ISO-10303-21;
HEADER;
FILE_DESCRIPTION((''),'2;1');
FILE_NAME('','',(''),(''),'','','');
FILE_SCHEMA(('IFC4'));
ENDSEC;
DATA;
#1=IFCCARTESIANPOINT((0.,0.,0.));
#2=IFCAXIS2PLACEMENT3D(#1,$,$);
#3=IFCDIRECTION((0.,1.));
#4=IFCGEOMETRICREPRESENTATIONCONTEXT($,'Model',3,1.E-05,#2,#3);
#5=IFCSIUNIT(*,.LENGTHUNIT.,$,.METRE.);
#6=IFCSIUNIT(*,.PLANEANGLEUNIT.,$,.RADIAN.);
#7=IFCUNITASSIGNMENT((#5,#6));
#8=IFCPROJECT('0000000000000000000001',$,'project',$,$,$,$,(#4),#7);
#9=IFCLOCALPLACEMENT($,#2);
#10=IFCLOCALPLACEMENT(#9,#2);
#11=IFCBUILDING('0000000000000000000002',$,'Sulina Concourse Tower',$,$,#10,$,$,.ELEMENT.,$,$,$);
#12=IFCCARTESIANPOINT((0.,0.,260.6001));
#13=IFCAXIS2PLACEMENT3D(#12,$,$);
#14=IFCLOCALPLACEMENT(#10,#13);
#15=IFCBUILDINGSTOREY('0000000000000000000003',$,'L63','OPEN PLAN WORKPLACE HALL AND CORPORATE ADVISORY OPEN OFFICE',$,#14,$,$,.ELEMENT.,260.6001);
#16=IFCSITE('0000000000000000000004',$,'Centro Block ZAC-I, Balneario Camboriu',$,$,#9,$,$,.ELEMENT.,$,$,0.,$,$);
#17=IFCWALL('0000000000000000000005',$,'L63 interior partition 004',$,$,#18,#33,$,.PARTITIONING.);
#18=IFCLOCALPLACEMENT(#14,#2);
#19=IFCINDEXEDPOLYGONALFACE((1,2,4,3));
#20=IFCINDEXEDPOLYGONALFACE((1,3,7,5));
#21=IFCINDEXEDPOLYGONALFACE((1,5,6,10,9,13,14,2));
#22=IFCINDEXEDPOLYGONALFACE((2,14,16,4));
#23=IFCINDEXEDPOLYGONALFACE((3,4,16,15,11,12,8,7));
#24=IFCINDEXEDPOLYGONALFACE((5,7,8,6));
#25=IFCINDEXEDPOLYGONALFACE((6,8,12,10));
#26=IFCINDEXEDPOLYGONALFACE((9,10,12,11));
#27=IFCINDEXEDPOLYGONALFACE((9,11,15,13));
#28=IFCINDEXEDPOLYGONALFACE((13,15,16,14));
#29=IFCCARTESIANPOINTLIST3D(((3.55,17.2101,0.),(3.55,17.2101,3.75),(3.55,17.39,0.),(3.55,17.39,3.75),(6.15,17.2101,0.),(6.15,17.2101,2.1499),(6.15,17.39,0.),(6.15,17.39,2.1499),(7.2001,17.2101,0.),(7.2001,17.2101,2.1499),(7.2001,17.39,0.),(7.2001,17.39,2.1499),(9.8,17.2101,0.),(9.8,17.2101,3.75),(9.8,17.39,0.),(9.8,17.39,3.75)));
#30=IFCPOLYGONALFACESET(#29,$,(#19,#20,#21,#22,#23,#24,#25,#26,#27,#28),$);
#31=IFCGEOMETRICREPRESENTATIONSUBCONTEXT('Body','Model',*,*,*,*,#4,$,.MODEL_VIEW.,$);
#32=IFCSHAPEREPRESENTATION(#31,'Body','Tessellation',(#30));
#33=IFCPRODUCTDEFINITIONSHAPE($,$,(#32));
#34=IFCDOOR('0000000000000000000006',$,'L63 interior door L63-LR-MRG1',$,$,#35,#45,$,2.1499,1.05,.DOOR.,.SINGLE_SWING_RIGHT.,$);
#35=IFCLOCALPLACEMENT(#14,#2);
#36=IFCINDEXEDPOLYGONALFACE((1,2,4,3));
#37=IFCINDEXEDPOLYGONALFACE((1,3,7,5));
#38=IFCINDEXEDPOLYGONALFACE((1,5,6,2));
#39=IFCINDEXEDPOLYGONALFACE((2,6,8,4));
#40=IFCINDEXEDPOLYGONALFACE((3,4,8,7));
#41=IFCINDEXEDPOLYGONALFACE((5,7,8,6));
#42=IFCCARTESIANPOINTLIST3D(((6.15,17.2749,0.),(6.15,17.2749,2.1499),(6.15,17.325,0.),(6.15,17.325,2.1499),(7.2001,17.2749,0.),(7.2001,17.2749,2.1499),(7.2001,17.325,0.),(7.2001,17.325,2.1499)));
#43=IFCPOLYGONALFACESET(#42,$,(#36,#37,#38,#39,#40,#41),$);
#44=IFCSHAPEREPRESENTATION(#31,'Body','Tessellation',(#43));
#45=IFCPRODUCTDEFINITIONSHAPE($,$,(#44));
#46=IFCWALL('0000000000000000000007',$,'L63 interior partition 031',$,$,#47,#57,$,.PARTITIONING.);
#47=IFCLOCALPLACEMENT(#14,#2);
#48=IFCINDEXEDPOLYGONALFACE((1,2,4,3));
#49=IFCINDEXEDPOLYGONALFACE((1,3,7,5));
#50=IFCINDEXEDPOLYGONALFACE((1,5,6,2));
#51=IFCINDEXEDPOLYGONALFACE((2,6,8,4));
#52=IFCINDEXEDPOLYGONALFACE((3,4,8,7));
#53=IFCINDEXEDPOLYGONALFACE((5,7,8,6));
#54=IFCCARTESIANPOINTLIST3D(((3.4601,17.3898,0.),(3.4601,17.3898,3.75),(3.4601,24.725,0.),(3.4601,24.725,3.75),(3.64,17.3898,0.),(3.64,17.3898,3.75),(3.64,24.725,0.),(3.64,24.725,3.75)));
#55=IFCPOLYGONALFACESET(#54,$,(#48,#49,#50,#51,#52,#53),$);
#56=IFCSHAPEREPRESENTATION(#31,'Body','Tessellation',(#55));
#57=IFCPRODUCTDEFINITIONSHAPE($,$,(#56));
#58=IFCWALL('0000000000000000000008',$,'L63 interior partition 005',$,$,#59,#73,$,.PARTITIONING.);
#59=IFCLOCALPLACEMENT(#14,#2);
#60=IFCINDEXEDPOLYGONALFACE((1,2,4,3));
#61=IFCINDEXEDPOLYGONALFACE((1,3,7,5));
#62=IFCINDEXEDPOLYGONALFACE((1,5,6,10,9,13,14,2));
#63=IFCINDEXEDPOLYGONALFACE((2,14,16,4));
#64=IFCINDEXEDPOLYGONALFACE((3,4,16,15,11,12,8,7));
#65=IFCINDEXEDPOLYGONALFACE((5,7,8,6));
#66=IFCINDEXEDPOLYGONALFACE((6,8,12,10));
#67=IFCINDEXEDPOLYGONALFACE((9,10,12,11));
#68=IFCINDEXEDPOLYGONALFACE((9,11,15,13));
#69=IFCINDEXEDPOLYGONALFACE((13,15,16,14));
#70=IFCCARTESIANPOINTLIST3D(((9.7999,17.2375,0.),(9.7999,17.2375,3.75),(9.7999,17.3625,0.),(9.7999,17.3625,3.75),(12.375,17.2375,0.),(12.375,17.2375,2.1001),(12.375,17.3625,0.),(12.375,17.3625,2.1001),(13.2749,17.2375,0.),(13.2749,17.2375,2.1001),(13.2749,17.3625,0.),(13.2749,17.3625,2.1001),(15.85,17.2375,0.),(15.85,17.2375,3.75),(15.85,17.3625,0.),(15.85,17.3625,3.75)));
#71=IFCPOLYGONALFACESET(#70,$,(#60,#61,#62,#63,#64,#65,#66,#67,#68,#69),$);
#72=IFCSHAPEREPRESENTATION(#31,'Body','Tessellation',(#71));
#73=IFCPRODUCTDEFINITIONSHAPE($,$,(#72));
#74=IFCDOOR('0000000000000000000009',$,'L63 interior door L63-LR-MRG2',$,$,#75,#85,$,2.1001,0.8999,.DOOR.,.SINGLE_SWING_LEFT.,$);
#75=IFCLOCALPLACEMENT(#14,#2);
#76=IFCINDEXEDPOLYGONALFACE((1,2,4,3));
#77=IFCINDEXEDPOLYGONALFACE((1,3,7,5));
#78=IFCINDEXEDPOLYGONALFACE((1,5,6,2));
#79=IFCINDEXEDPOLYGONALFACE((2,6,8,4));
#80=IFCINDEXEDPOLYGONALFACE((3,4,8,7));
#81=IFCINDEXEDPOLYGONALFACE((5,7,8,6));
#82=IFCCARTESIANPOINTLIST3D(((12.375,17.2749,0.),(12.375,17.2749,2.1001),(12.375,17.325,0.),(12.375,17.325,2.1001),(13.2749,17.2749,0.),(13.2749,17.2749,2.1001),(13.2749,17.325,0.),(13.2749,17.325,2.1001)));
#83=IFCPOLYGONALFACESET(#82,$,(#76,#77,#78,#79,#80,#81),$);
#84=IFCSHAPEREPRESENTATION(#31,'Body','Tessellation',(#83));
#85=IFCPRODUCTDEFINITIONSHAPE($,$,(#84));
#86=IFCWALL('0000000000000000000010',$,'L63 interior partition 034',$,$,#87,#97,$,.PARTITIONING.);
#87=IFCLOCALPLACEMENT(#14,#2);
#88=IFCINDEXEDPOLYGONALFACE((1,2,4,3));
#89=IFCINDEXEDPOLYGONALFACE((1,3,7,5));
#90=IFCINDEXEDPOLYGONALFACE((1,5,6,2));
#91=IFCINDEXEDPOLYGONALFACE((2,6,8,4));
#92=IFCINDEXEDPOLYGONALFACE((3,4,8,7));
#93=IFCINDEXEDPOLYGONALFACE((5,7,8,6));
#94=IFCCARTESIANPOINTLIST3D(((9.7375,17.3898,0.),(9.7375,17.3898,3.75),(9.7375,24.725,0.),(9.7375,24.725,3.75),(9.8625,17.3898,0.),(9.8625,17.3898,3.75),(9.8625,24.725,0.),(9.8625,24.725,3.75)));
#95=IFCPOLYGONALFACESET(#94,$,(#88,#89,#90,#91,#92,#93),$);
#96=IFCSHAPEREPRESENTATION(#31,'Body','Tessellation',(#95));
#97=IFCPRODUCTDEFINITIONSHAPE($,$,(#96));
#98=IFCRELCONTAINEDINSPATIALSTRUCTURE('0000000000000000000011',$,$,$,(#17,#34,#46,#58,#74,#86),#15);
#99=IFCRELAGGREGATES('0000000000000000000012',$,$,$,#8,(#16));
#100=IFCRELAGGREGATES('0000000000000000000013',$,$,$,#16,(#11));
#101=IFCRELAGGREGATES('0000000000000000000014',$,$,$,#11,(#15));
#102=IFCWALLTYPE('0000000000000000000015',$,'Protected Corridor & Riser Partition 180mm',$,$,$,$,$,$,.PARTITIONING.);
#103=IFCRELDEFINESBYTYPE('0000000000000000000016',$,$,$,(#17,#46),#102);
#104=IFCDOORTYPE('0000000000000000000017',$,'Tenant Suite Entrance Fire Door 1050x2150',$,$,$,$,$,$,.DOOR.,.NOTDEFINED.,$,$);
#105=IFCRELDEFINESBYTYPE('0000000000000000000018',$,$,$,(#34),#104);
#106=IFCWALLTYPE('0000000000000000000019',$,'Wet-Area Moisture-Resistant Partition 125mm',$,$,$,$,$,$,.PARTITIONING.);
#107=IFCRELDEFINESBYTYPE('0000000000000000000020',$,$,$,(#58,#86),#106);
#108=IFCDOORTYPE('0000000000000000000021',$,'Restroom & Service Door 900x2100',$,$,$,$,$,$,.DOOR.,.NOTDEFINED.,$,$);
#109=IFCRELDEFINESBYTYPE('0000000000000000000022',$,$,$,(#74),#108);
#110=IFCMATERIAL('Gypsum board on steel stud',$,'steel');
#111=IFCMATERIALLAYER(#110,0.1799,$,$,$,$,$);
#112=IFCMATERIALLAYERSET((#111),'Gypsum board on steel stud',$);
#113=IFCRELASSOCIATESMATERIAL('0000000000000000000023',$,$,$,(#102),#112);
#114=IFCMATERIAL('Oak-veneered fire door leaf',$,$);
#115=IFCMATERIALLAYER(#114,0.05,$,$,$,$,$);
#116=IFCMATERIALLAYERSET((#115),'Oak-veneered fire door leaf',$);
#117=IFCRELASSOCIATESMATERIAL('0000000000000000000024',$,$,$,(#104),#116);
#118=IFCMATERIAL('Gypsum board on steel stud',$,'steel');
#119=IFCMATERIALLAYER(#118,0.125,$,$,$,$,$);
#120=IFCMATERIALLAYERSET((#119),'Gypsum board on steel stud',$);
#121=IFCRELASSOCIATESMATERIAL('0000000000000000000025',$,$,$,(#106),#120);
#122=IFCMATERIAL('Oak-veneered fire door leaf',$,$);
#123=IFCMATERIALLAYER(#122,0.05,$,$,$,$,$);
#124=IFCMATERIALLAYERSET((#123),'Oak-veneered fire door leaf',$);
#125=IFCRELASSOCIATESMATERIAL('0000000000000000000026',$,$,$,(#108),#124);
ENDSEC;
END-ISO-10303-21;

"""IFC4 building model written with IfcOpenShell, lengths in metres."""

from ifc_helpers import new_model, si_unit, direction, frame, frame_2d, origin, place, context, subcontext, project, spatial, rectangle, extrude, material, layer, layer_set, type_object, element, fill, save


model = new_model("IFC4")

# Units and contexts
model_context = context("Model", 3, precision=1e-05, world=origin(), true_north=direction((0.0, 1.0)))
body_context = subcontext(model_context, "Body", "Model", "MODEL_VIEW")
ifc_project = project(units=[si_unit("LENGTHUNIT", "METRE"), si_unit("PLANEANGLEUNIT", "RADIAN")], contexts=[model_context])

# Site, building, storey
site_placement = place(None, origin())
site = spatial("IfcSite", under=ifc_project, at=site_placement, Name="Centro Block ZAC-I, Balneario Camboriu", CompositionType="ELEMENT", RefElevation=0.0)
building_placement = place(site_placement, origin())
building = spatial("IfcBuilding", under=site, at=building_placement, Name="Sulina Concourse Tower", CompositionType="ELEMENT")
storey_placement = place(building_placement, frame((0.0, 0.0, 260.6001)))
storey = spatial("IfcBuildingStorey", under=building, at=storey_placement, Name="L63", Description="OPEN PLAN WORKPLACE HALL AND CORPORATE ADVISORY OPEN OFFICE", CompositionType="ELEMENT", Elevation=260.6001)

# Wall, opening, door
ifc_material_1 = material(Name="Gypsum board on steel stud", Category="steel")
ifc_layer_1 = layer(ifc_material_1, 0.1799)
ifc_layer_set_1 = layer_set([ifc_layer_1], Name="Gypsum board on steel stud")
wall_type_1 = type_object("IfcWallType", Name="Protected Corridor & Riser Partition 180mm", PredefinedType="PARTITIONING", material=ifc_layer_set_1)
ifc_material_2 = material(Name="Oak-veneered fire door leaf")
ifc_layer_2 = layer(ifc_material_2, 0.05)
ifc_layer_set_2 = layer_set([ifc_layer_2], Name="Oak-veneered fire door leaf")
door_type_1 = type_object("IfcDoorType", Name="Tenant Suite Entrance Fire Door 1050x2150", OperationType="NOTDEFINED", PredefinedType="DOOR", material=ifc_layer_set_2)
wall_1_placement = place(storey_placement, frame((3.55, 17.3, 0.0), z_axis=(0.0, 0.0, 1.0), x_axis=(1.0, 0.0, 0.0)))
wall_1 = element("IfcWall", 1, at=wall_1_placement, inside=storey, type_object=wall_type_1, Name="L63 interior partition 004", PredefinedType="PARTITIONING", context=body_context, shape_type="SweptSolid", body=[
    extrude(rectangle(XDim=6.25, YDim=0.1799, at=frame_2d((3.125, 0.0))), origin(), (0.0, 0.0, 1.0), 3.75),
])
opening_1_placement = place(wall_1_placement, frame((2.6001, 0.0, 0.0)))
opening_1 = element("IfcOpeningElement", 2, at=opening_1_placement, cuts=wall_1, PredefinedType="OPENING", context=body_context, shape_type="SweptSolid", body=[
    extrude(rectangle(XDim=1.05, YDim=2.1499, at=frame_2d((0.5249, 1.075))), frame((0.0, 0.0999, 0.0), z_axis=(0.0, -1.0, 0.0), x_axis=(1.0, 0.0, 0.0)), (0.0, 0.0, 1.0), 0.2),
])
door_1_placement = place(opening_1_placement, origin())
door_1 = element("IfcDoor", 3, at=door_1_placement, inside=storey, type_object=door_type_1, Name="L63 interior door L63-LR-MRG1", OperationType="SINGLE_SWING_RIGHT", OverallHeight=2.1499, OverallWidth=1.05, PredefinedType="DOOR", context=body_context, shape_type="SweptSolid", body=[
    extrude(rectangle(XDim=1.05, YDim=2.1499, at=frame_2d((0.5249, 1.075))), frame((0.0, 0.0249, 0.0), z_axis=(0.0, -1.0, 0.0), x_axis=(1.0, 0.0, 0.0)), (0.0, 0.0, 1.0), 0.05),
])
fill(opening_1, door_1)

# Wall
wall_2_placement = place(storey_placement, frame((3.55, 17.3899, 0.0), z_axis=(0.0, 0.0, 1.0), x_axis=(0.0, 1.0, 0.0)))
element("IfcWall", 4, at=wall_2_placement, inside=storey, type_object=wall_type_1, Name="L63 interior partition 031", PredefinedType="PARTITIONING", context=body_context, shape_type="SweptSolid", body=[
    extrude(rectangle(XDim=7.3352, YDim=0.1799, at=frame_2d((3.6675, 0.0))), origin(), (0.0, 0.0, 1.0), 3.75),
])

# Wall, opening, door
ifc_material_3 = material(Name="Gypsum board on steel stud", Category="steel")
ifc_layer_3 = layer(ifc_material_3, 0.125)
ifc_layer_set_3 = layer_set([ifc_layer_3], Name="Gypsum board on steel stud")
wall_type_2 = type_object("IfcWallType", Name="Wet-Area Moisture-Resistant Partition 125mm", PredefinedType="PARTITIONING", material=ifc_layer_set_3)
wall_3_placement = place(storey_placement, frame((9.8, 17.3, 0.0), z_axis=(0.0, 0.0, 1.0), x_axis=(1.0, 0.0, 0.0)))
wall_3 = element("IfcWall", 5, at=wall_3_placement, inside=storey, type_object=wall_type_2, Name="L63 interior partition 005", PredefinedType="PARTITIONING", context=body_context, shape_type="SweptSolid", body=[
    extrude(rectangle(XDim=6.05, YDim=0.125, at=frame_2d((3.0249, 0.0))), origin(), (0.0, 0.0, 1.0), 3.75),
])
opening_2_placement = place(wall_3_placement, frame((2.575, 0.0, 0.0)))
opening_2 = element("IfcOpeningElement", 6, at=opening_2_placement, cuts=wall_3, PredefinedType="OPENING", context=body_context, shape_type="SweptSolid", body=[
    extrude(rectangle(XDim=0.8999, YDim=2.1001, at=frame_2d((0.45, 1.05))), frame((0.0, 0.0725, 0.0), z_axis=(0.0, -1.0, 0.0), x_axis=(1.0, 0.0, 0.0)), (0.0, 0.0, 1.0), 0.145),
])
ifc_material_4 = material(Name="Oak-veneered fire door leaf")
ifc_layer_4 = layer(ifc_material_4, 0.05)
ifc_layer_set_4 = layer_set([ifc_layer_4], Name="Oak-veneered fire door leaf")
door_type_2 = type_object("IfcDoorType", Name="Restroom & Service Door 900x2100", OperationType="NOTDEFINED", PredefinedType="DOOR", material=ifc_layer_set_4)
door_2_placement = place(opening_2_placement, origin())
door_2 = element("IfcDoor", 7, at=door_2_placement, inside=storey, type_object=door_type_2, Name="L63 interior door L63-LR-MRG2", OperationType="SINGLE_SWING_LEFT", OverallHeight=2.1001, OverallWidth=0.8999, PredefinedType="DOOR", context=body_context, shape_type="SweptSolid", body=[
    extrude(rectangle(XDim=0.8999, YDim=2.1001, at=frame_2d((0.45, 1.05))), frame((0.0, 0.0249, 0.0), z_axis=(0.0, -1.0, 0.0), x_axis=(1.0, 0.0, 0.0)), (0.0, 0.0, 1.0), 0.05),
])
fill(opening_2, door_2)

# Wall
wall_4_placement = place(storey_placement, frame((9.8, 17.3899, 0.0), z_axis=(0.0, 0.0, 1.0), x_axis=(0.0, 1.0, 0.0)))
element("IfcWall", 8, at=wall_4_placement, inside=storey, type_object=wall_type_2, Name="L63 interior partition 034", PredefinedType="PARTITIONING", context=body_context, shape_type="SweptSolid", body=[
    extrude(rectangle(XDim=7.3352, YDim=0.125, at=frame_2d((3.6675, 0.0))), origin(), (0.0, 0.0, 1.0), 3.75),
])

save(model, "model.ifc")
